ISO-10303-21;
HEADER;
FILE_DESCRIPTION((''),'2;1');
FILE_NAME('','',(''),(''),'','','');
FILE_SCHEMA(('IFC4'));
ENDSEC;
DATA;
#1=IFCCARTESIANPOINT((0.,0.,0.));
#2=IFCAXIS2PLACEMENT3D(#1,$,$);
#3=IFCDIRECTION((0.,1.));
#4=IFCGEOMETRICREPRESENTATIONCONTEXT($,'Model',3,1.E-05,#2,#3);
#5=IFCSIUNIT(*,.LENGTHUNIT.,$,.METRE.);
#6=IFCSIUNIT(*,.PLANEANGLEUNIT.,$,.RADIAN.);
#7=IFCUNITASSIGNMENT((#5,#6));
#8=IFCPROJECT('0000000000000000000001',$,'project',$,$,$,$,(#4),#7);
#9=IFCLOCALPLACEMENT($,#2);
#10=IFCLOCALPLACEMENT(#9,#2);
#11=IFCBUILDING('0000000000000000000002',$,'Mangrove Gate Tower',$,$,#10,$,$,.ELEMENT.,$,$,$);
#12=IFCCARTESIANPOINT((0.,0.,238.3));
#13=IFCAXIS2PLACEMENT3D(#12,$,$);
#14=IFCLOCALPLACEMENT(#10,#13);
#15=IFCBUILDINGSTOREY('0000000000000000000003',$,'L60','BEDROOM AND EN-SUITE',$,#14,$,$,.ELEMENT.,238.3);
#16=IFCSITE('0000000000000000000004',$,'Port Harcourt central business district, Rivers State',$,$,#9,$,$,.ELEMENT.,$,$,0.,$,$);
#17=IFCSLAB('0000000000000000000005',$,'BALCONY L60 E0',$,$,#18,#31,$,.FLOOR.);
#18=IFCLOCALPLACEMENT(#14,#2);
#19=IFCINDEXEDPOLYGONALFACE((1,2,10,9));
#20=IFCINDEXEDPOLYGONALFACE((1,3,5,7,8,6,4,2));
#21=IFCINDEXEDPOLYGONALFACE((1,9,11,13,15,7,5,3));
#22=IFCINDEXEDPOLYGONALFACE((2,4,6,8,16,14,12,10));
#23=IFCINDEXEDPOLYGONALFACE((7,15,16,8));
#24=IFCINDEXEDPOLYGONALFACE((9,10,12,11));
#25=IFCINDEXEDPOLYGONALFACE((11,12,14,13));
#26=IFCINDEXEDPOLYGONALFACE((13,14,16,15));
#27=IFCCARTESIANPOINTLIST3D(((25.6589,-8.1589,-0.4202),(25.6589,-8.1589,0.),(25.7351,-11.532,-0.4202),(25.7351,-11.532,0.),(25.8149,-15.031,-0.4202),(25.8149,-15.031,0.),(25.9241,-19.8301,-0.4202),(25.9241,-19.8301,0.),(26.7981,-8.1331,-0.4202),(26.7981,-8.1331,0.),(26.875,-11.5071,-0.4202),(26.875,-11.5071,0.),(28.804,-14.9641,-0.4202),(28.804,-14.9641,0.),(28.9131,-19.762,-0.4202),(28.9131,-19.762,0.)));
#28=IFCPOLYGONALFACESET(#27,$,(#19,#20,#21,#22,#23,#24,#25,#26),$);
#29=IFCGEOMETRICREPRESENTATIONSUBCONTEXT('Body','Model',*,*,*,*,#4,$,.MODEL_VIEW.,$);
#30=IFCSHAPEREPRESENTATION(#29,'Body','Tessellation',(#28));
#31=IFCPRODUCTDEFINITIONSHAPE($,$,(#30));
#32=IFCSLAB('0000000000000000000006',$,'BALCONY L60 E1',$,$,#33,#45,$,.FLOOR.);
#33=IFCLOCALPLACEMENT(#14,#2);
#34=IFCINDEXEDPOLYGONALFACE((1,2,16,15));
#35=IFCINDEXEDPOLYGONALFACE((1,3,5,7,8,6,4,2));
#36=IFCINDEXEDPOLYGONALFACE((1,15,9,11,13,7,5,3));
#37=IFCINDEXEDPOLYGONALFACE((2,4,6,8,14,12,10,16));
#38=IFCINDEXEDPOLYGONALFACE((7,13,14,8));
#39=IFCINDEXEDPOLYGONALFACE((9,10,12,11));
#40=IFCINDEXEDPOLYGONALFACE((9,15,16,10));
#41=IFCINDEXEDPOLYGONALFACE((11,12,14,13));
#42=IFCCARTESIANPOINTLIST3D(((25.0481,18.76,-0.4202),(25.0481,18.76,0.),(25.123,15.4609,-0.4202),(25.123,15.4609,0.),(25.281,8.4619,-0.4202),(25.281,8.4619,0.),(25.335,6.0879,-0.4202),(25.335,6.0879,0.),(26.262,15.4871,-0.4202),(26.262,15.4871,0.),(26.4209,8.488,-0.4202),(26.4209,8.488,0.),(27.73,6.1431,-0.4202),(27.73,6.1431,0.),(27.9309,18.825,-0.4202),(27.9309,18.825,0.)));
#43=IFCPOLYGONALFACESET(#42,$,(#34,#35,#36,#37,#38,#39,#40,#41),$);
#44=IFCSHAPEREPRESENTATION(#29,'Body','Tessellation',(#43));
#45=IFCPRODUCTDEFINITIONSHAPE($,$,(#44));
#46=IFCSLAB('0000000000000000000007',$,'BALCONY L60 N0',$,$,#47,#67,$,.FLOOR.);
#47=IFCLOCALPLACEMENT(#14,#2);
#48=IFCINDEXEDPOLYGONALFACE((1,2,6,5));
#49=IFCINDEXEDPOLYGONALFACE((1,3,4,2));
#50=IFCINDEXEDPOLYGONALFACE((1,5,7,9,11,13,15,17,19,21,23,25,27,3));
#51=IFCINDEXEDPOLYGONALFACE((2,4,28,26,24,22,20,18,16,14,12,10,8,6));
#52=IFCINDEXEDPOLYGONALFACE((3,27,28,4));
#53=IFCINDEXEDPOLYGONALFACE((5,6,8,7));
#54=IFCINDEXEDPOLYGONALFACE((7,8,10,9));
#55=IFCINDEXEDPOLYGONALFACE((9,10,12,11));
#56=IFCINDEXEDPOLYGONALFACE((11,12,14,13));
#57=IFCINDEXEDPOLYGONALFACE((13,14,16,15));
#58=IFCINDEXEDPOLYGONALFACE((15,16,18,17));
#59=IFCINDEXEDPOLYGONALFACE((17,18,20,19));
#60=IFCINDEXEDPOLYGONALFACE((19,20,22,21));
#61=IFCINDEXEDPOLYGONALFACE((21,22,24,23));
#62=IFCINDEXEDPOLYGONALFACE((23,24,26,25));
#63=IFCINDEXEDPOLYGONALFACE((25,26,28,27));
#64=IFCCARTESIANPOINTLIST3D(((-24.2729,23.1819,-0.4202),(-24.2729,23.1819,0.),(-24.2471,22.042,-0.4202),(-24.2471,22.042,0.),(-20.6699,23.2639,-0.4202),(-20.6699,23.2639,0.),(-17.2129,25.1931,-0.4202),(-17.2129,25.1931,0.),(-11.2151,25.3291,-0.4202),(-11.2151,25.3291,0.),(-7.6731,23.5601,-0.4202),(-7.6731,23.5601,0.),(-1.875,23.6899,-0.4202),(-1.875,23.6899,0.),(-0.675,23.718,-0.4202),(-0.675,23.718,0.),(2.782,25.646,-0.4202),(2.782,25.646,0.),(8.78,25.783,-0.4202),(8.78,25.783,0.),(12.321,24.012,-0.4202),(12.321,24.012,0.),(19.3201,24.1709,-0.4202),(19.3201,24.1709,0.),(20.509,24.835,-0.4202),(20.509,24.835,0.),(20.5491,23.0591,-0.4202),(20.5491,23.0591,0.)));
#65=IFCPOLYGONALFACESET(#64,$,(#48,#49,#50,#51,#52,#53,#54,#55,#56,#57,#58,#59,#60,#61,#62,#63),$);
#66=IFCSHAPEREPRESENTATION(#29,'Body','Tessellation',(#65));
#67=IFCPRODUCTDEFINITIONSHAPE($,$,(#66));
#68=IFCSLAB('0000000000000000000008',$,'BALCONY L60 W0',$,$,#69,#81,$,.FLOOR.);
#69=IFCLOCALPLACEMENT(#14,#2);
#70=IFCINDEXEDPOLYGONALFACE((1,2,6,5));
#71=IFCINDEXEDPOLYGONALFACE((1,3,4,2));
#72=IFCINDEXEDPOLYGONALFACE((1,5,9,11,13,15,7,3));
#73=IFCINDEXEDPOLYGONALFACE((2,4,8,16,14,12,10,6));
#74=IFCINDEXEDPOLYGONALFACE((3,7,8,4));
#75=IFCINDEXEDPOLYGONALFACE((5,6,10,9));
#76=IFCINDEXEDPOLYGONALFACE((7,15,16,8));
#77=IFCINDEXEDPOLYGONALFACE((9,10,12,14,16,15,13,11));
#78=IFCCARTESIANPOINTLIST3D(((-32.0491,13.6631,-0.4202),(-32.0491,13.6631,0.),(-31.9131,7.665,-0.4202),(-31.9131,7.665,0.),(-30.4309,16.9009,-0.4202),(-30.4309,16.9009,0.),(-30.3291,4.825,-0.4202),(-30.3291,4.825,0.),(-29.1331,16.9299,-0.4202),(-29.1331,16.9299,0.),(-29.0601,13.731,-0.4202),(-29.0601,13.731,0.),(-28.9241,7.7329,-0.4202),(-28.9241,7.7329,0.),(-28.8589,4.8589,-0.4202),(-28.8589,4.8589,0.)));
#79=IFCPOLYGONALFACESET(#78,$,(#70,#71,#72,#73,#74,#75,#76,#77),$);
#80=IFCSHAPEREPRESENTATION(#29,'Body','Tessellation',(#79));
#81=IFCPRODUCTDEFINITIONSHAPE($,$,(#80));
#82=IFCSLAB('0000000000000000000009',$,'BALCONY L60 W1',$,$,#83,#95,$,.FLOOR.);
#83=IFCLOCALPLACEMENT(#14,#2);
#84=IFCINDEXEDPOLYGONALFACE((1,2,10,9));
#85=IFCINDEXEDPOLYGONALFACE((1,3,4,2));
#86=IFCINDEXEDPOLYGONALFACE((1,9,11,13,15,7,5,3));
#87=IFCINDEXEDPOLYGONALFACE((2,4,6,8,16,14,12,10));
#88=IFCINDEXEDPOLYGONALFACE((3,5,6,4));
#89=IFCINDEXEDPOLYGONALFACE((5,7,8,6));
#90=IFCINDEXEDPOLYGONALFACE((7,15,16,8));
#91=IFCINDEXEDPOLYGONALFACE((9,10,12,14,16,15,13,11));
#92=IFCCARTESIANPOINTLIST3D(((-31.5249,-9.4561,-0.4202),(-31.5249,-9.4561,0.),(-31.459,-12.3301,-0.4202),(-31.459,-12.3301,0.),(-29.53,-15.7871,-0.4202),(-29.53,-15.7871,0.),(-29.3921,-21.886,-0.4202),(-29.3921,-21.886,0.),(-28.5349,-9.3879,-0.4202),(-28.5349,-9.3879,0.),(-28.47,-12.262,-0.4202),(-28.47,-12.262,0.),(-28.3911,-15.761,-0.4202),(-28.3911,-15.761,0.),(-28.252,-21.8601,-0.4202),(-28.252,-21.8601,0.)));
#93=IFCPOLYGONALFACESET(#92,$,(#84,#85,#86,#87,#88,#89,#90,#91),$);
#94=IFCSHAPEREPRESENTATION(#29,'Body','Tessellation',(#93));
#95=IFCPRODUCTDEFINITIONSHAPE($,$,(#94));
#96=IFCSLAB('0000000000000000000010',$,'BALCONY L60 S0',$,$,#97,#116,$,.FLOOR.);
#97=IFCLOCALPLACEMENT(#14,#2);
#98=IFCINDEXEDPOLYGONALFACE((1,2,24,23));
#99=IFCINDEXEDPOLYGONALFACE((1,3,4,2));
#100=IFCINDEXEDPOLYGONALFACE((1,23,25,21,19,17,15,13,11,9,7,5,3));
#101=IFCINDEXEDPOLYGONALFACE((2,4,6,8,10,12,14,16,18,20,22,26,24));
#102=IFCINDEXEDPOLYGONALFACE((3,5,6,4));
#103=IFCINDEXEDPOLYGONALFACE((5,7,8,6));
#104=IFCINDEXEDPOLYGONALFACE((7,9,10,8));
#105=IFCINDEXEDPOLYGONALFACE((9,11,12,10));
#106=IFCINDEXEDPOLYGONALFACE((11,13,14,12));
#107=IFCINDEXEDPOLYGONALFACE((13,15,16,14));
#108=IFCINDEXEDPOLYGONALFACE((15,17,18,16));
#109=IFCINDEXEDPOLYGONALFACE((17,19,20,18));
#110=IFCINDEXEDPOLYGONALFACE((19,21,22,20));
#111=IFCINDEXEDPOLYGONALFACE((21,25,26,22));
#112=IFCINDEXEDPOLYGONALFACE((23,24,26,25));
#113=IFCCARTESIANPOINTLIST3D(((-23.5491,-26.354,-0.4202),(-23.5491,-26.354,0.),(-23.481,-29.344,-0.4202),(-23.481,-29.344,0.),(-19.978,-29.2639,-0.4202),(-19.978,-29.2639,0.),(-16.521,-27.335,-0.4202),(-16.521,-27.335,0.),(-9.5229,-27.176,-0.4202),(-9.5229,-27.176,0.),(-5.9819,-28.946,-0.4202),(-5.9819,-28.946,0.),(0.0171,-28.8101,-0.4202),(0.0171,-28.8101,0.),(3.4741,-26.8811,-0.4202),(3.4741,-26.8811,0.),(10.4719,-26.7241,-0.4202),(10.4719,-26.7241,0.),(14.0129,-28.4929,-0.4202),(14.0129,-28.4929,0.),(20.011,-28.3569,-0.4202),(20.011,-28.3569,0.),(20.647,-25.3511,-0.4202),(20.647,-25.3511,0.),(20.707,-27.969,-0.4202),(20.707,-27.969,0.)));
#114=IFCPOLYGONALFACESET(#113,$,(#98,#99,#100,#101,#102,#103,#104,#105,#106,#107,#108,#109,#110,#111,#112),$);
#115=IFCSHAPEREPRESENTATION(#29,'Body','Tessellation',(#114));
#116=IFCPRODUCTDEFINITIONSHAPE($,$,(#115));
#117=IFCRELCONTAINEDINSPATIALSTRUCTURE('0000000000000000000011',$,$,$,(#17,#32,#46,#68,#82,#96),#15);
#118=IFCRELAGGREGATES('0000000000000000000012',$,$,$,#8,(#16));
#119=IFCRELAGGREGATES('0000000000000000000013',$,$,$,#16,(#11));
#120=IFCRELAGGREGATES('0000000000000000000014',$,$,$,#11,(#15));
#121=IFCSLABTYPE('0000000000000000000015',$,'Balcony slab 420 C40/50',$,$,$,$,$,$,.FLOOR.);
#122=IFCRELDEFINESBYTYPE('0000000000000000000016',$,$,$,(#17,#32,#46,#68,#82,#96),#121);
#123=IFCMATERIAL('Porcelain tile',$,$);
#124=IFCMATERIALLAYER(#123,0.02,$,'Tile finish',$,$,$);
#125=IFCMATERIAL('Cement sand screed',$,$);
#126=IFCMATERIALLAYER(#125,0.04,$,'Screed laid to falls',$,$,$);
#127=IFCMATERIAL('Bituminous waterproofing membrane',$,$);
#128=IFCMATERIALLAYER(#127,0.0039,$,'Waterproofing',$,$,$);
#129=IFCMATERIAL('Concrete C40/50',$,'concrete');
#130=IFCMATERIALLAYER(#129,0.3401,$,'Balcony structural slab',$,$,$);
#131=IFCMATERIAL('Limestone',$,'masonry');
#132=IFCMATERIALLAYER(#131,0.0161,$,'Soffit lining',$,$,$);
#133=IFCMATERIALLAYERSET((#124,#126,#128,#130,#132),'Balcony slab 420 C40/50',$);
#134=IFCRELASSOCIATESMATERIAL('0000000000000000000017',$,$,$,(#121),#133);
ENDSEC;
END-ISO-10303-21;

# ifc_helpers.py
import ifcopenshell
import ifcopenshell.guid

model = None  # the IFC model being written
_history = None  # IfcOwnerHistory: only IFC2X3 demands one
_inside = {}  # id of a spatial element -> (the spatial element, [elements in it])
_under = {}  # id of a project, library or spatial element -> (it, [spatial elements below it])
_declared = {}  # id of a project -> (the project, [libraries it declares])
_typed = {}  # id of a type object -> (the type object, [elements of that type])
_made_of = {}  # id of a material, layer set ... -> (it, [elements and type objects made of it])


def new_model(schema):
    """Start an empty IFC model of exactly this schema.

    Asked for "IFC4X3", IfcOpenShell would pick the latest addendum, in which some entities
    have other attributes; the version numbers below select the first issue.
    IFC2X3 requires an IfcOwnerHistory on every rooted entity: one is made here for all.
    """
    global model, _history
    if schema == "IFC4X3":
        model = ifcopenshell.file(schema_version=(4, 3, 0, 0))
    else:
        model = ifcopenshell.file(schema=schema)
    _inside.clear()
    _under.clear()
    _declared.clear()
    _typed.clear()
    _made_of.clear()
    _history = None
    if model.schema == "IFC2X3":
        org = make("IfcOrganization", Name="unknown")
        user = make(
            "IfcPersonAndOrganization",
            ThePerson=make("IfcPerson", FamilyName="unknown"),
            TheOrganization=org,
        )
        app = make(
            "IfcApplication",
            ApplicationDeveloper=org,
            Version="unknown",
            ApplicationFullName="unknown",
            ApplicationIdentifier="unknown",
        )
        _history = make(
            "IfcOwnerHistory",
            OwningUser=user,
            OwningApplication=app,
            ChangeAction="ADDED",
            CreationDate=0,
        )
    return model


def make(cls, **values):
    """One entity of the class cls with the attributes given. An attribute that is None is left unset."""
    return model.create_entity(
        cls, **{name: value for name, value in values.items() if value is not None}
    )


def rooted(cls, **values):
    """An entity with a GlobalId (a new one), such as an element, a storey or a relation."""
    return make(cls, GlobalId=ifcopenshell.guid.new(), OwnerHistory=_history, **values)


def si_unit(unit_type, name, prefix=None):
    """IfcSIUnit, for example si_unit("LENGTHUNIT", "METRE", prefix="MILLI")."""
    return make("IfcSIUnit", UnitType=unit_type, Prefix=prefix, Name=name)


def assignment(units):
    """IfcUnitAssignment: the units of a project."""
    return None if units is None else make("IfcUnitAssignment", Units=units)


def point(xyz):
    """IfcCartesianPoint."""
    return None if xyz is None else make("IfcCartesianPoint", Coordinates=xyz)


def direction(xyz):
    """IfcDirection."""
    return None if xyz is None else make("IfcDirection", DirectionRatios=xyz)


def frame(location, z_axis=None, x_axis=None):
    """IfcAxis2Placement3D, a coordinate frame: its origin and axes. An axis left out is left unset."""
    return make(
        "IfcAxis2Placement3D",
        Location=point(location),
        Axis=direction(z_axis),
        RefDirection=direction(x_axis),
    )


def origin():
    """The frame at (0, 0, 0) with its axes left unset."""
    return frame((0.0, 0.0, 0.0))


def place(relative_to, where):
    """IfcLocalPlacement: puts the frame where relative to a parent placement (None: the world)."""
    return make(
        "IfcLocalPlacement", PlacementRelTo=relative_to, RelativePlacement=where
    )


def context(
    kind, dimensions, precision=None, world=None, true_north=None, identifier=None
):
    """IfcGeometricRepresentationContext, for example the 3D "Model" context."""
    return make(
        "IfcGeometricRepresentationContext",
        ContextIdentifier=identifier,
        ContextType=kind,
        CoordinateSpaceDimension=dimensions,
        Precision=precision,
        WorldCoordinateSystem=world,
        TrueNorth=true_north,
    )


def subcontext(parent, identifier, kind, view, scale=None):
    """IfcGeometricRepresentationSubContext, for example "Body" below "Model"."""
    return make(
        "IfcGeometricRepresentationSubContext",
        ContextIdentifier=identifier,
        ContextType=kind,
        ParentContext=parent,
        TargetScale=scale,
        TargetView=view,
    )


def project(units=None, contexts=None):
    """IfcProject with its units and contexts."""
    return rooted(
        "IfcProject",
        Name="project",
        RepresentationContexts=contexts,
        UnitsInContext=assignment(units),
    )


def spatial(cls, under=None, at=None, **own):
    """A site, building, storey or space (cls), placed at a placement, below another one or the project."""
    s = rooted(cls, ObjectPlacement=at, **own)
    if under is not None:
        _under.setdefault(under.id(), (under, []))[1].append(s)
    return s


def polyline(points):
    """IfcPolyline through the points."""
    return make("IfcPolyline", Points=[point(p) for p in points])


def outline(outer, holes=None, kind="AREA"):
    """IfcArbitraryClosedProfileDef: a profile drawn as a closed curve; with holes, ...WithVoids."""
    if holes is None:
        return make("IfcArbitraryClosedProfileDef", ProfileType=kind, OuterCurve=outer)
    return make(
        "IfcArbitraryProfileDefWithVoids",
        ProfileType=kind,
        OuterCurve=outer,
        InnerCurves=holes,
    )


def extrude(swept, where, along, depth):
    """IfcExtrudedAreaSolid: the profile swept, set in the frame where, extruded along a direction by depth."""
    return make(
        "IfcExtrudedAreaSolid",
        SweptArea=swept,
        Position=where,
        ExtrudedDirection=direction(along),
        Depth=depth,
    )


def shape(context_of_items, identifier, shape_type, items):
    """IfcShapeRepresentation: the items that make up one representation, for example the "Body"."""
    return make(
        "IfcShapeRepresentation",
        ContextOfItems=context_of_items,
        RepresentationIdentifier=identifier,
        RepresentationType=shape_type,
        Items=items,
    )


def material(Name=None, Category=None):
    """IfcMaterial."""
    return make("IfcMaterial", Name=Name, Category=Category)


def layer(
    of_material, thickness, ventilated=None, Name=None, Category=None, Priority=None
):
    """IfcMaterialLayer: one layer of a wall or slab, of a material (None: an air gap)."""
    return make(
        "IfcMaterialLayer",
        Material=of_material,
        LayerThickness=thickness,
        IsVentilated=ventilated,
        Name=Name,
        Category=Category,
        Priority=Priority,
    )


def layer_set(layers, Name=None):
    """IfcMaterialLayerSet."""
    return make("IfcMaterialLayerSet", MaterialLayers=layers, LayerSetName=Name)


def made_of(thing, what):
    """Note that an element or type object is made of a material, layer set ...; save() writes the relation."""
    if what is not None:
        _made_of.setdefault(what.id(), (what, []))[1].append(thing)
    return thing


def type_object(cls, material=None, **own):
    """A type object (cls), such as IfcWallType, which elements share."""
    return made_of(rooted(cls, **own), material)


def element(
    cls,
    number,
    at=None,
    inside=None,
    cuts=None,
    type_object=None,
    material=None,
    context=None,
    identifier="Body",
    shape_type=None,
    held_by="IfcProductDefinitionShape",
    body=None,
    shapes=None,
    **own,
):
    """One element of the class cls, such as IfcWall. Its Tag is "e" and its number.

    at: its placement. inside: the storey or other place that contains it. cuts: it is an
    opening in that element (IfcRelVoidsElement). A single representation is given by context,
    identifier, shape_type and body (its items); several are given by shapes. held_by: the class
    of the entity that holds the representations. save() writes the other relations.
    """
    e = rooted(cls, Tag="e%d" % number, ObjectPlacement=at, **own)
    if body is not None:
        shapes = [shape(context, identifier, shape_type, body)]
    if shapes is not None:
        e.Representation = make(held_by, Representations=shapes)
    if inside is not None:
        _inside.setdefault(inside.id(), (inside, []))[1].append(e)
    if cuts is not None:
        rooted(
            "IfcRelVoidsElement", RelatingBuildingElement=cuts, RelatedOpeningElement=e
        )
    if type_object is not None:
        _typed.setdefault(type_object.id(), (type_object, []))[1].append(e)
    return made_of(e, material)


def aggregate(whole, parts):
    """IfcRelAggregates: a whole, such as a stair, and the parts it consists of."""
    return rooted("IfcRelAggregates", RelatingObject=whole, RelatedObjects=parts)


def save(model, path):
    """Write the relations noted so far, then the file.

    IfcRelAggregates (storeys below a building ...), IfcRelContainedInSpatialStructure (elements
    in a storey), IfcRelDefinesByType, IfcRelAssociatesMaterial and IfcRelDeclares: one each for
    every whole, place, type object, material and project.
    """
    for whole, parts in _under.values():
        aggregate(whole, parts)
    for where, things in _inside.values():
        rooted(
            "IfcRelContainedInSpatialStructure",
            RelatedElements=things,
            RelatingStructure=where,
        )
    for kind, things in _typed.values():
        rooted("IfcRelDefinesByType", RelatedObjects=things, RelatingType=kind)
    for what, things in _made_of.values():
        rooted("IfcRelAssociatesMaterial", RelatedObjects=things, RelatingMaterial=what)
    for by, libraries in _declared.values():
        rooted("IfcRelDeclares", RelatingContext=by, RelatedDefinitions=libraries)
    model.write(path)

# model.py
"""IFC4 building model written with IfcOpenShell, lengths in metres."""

from ifc_helpers import new_model, si_unit, direction, frame, origin, place, context, subcontext, project, spatial, polyline, outline, extrude, material, layer, layer_set, type_object, element, save


model = new_model("IFC4")

# Units and contexts
model_context = context("Model", 3, precision=1e-05, world=origin(), true_north=direction((0.0, 1.0)))
body_context = subcontext(model_context, "Body", "Model", "MODEL_VIEW")
ifc_project = project(units=[si_unit("LENGTHUNIT", "METRE"), si_unit("PLANEANGLEUNIT", "RADIAN")], contexts=[model_context])

# Site, building, storey
site_placement = place(None, origin())
site = spatial("IfcSite", under=ifc_project, at=site_placement, Name="Port Harcourt central business district, Rivers State", CompositionType="ELEMENT", RefElevation=0.0)
building_placement = place(site_placement, origin())
building = spatial("IfcBuilding", under=site, at=building_placement, Name="Mangrove Gate Tower", CompositionType="ELEMENT")
storey_placement = place(building_placement, frame((0.0, 0.0, 238.3)))
storey = spatial("IfcBuildingStorey", under=building, at=storey_placement, Name="L60", Description="BEDROOM AND EN-SUITE", CompositionType="ELEMENT", Elevation=238.3)

# Slabs
ifc_material_1 = material(Name="Porcelain tile")
ifc_layer_1 = layer(ifc_material_1, 0.02, Name="Tile finish")
ifc_material_2 = material(Name="Cement sand screed")
ifc_layer_2 = layer(ifc_material_2, 0.04, Name="Screed laid to falls")
ifc_material_3 = material(Name="Bituminous waterproofing membrane")
ifc_layer_3 = layer(ifc_material_3, 0.0039, Name="Waterproofing")
ifc_material_4 = material(Name="Concrete C40/50", Category="concrete")
ifc_layer_4 = layer(ifc_material_4, 0.3401, Name="Balcony structural slab")
ifc_material_5 = material(Name="Limestone", Category="masonry")
ifc_layer_5 = layer(ifc_material_5, 0.0161, Name="Soffit lining")
ifc_layer_set_1 = layer_set([ifc_layer_1, ifc_layer_2, ifc_layer_3, ifc_layer_4, ifc_layer_5], Name="Balcony slab 420 C40/50")
slab_type_1 = type_object("IfcSlabType", Name="Balcony slab 420 C40/50", PredefinedType="FLOOR", material=ifc_layer_set_1)
slab_1_placement = place(storey_placement, frame((0.0, 0.0, -0.4202)))
element("IfcSlab", 1, at=slab_1_placement, inside=storey, type_object=slab_type_1, Name="BALCONY L60 E0", PredefinedType="FLOOR", context=body_context, shape_type="SweptSolid", body=[
    extrude(outline(polyline([(28.9131, -19.762), (28.804, -14.9641), (26.875, -11.5071), (26.7981, -8.1331), (25.6589, -8.1589), (25.7351, -11.532), (25.8149, -15.031), (25.9241, -19.8301), (28.9131, -19.762)])), origin(), (0.0, 0.0, 1.0), 0.4202),
])
slab_2_placement = place(storey_placement, frame((0.0, 0.0, -0.4202)))
element("IfcSlab", 2, at=slab_2_placement, inside=storey, type_object=slab_type_1, Name="BALCONY L60 E1", PredefinedType="FLOOR", context=body_context, shape_type="SweptSolid", body=[
    extrude(outline(polyline([(27.73, 6.1431), (26.4209, 8.488), (26.262, 15.4871), (27.9309, 18.825), (25.0481, 18.76), (25.123, 15.4609), (25.281, 8.4619), (25.335, 6.0879), (27.73, 6.1431)])), origin(), (0.0, 0.0, 1.0), 0.4202),
])
slab_3_placement = place(storey_placement, frame((0.0, 0.0, -0.4202)))
element("IfcSlab", 3, at=slab_3_placement, inside=storey, type_object=slab_type_1, Name="BALCONY L60 N0", PredefinedType="FLOOR", context=body_context, shape_type="SweptSolid", body=[
    extrude(outline(polyline([(20.509, 24.835), (19.3201, 24.1709), (12.321, 24.012), (8.78, 25.783), (2.782, 25.646), (-0.675, 23.718), (-1.875, 23.6899), (-7.6731, 23.5601), (-11.2151, 25.3291), (-17.2129, 25.1931), (-20.6699, 23.2639), (-24.2729, 23.1819), (-24.2471, 22.042), (20.5491, 23.0591), (20.509, 24.835)])), origin(), (0.0, 0.0, 1.0), 0.4202),
])
slab_4_placement = place(storey_placement, frame((0.0, 0.0, -0.4202)))
element("IfcSlab", 4, at=slab_4_placement, inside=storey, type_object=slab_type_1, Name="BALCONY L60 W0", PredefinedType="FLOOR", context=body_context, shape_type="SweptSolid", body=[
    extrude(outline(polyline([(-30.4309, 16.9009), (-32.0491, 13.6631), (-31.9131, 7.665), (-30.3291, 4.825), (-28.8589, 4.8589), (-28.9241, 7.7329), (-29.0601, 13.731), (-29.1331, 16.9299), (-30.4309, 16.9009)])), origin(), (0.0, 0.0, 1.0), 0.4202),
])
slab_5_placement = place(storey_placement, frame((0.0, 0.0, -0.4202)))
element("IfcSlab", 5, at=slab_5_placement, inside=storey, type_object=slab_type_1, Name="BALCONY L60 W1", PredefinedType="FLOOR", context=body_context, shape_type="SweptSolid", body=[
    extrude(outline(polyline([(-31.5249, -9.4561), (-31.459, -12.3301), (-29.53, -15.7871), (-29.3921, -21.886), (-28.252, -21.8601), (-28.3911, -15.761), (-28.47, -12.262), (-28.5349, -9.3879), (-31.5249, -9.4561)])), origin(), (0.0, 0.0, 1.0), 0.4202),
])
slab_6_placement = place(storey_placement, frame((0.0, 0.0, -0.4202)))
element("IfcSlab", 6, at=slab_6_placement, inside=storey, type_object=slab_type_1, Name="BALCONY L60 S0", PredefinedType="FLOOR", context=body_context, shape_type="SweptSolid", body=[
    extrude(outline(polyline([(-23.481, -29.344), (-19.978, -29.2639), (-16.521, -27.335), (-9.5229, -27.176), (-5.9819, -28.946), (0.0171, -28.8101), (3.4741, -26.8811), (10.4719, -26.7241), (14.0129, -28.4929), (20.011, -28.3569), (20.707, -27.969), (20.647, -25.3511), (-23.5491, -26.354), (-23.481, -29.344)])), origin(), (0.0, 0.0, 1.0), 0.4202),
])

save(model, "model.ifc")
